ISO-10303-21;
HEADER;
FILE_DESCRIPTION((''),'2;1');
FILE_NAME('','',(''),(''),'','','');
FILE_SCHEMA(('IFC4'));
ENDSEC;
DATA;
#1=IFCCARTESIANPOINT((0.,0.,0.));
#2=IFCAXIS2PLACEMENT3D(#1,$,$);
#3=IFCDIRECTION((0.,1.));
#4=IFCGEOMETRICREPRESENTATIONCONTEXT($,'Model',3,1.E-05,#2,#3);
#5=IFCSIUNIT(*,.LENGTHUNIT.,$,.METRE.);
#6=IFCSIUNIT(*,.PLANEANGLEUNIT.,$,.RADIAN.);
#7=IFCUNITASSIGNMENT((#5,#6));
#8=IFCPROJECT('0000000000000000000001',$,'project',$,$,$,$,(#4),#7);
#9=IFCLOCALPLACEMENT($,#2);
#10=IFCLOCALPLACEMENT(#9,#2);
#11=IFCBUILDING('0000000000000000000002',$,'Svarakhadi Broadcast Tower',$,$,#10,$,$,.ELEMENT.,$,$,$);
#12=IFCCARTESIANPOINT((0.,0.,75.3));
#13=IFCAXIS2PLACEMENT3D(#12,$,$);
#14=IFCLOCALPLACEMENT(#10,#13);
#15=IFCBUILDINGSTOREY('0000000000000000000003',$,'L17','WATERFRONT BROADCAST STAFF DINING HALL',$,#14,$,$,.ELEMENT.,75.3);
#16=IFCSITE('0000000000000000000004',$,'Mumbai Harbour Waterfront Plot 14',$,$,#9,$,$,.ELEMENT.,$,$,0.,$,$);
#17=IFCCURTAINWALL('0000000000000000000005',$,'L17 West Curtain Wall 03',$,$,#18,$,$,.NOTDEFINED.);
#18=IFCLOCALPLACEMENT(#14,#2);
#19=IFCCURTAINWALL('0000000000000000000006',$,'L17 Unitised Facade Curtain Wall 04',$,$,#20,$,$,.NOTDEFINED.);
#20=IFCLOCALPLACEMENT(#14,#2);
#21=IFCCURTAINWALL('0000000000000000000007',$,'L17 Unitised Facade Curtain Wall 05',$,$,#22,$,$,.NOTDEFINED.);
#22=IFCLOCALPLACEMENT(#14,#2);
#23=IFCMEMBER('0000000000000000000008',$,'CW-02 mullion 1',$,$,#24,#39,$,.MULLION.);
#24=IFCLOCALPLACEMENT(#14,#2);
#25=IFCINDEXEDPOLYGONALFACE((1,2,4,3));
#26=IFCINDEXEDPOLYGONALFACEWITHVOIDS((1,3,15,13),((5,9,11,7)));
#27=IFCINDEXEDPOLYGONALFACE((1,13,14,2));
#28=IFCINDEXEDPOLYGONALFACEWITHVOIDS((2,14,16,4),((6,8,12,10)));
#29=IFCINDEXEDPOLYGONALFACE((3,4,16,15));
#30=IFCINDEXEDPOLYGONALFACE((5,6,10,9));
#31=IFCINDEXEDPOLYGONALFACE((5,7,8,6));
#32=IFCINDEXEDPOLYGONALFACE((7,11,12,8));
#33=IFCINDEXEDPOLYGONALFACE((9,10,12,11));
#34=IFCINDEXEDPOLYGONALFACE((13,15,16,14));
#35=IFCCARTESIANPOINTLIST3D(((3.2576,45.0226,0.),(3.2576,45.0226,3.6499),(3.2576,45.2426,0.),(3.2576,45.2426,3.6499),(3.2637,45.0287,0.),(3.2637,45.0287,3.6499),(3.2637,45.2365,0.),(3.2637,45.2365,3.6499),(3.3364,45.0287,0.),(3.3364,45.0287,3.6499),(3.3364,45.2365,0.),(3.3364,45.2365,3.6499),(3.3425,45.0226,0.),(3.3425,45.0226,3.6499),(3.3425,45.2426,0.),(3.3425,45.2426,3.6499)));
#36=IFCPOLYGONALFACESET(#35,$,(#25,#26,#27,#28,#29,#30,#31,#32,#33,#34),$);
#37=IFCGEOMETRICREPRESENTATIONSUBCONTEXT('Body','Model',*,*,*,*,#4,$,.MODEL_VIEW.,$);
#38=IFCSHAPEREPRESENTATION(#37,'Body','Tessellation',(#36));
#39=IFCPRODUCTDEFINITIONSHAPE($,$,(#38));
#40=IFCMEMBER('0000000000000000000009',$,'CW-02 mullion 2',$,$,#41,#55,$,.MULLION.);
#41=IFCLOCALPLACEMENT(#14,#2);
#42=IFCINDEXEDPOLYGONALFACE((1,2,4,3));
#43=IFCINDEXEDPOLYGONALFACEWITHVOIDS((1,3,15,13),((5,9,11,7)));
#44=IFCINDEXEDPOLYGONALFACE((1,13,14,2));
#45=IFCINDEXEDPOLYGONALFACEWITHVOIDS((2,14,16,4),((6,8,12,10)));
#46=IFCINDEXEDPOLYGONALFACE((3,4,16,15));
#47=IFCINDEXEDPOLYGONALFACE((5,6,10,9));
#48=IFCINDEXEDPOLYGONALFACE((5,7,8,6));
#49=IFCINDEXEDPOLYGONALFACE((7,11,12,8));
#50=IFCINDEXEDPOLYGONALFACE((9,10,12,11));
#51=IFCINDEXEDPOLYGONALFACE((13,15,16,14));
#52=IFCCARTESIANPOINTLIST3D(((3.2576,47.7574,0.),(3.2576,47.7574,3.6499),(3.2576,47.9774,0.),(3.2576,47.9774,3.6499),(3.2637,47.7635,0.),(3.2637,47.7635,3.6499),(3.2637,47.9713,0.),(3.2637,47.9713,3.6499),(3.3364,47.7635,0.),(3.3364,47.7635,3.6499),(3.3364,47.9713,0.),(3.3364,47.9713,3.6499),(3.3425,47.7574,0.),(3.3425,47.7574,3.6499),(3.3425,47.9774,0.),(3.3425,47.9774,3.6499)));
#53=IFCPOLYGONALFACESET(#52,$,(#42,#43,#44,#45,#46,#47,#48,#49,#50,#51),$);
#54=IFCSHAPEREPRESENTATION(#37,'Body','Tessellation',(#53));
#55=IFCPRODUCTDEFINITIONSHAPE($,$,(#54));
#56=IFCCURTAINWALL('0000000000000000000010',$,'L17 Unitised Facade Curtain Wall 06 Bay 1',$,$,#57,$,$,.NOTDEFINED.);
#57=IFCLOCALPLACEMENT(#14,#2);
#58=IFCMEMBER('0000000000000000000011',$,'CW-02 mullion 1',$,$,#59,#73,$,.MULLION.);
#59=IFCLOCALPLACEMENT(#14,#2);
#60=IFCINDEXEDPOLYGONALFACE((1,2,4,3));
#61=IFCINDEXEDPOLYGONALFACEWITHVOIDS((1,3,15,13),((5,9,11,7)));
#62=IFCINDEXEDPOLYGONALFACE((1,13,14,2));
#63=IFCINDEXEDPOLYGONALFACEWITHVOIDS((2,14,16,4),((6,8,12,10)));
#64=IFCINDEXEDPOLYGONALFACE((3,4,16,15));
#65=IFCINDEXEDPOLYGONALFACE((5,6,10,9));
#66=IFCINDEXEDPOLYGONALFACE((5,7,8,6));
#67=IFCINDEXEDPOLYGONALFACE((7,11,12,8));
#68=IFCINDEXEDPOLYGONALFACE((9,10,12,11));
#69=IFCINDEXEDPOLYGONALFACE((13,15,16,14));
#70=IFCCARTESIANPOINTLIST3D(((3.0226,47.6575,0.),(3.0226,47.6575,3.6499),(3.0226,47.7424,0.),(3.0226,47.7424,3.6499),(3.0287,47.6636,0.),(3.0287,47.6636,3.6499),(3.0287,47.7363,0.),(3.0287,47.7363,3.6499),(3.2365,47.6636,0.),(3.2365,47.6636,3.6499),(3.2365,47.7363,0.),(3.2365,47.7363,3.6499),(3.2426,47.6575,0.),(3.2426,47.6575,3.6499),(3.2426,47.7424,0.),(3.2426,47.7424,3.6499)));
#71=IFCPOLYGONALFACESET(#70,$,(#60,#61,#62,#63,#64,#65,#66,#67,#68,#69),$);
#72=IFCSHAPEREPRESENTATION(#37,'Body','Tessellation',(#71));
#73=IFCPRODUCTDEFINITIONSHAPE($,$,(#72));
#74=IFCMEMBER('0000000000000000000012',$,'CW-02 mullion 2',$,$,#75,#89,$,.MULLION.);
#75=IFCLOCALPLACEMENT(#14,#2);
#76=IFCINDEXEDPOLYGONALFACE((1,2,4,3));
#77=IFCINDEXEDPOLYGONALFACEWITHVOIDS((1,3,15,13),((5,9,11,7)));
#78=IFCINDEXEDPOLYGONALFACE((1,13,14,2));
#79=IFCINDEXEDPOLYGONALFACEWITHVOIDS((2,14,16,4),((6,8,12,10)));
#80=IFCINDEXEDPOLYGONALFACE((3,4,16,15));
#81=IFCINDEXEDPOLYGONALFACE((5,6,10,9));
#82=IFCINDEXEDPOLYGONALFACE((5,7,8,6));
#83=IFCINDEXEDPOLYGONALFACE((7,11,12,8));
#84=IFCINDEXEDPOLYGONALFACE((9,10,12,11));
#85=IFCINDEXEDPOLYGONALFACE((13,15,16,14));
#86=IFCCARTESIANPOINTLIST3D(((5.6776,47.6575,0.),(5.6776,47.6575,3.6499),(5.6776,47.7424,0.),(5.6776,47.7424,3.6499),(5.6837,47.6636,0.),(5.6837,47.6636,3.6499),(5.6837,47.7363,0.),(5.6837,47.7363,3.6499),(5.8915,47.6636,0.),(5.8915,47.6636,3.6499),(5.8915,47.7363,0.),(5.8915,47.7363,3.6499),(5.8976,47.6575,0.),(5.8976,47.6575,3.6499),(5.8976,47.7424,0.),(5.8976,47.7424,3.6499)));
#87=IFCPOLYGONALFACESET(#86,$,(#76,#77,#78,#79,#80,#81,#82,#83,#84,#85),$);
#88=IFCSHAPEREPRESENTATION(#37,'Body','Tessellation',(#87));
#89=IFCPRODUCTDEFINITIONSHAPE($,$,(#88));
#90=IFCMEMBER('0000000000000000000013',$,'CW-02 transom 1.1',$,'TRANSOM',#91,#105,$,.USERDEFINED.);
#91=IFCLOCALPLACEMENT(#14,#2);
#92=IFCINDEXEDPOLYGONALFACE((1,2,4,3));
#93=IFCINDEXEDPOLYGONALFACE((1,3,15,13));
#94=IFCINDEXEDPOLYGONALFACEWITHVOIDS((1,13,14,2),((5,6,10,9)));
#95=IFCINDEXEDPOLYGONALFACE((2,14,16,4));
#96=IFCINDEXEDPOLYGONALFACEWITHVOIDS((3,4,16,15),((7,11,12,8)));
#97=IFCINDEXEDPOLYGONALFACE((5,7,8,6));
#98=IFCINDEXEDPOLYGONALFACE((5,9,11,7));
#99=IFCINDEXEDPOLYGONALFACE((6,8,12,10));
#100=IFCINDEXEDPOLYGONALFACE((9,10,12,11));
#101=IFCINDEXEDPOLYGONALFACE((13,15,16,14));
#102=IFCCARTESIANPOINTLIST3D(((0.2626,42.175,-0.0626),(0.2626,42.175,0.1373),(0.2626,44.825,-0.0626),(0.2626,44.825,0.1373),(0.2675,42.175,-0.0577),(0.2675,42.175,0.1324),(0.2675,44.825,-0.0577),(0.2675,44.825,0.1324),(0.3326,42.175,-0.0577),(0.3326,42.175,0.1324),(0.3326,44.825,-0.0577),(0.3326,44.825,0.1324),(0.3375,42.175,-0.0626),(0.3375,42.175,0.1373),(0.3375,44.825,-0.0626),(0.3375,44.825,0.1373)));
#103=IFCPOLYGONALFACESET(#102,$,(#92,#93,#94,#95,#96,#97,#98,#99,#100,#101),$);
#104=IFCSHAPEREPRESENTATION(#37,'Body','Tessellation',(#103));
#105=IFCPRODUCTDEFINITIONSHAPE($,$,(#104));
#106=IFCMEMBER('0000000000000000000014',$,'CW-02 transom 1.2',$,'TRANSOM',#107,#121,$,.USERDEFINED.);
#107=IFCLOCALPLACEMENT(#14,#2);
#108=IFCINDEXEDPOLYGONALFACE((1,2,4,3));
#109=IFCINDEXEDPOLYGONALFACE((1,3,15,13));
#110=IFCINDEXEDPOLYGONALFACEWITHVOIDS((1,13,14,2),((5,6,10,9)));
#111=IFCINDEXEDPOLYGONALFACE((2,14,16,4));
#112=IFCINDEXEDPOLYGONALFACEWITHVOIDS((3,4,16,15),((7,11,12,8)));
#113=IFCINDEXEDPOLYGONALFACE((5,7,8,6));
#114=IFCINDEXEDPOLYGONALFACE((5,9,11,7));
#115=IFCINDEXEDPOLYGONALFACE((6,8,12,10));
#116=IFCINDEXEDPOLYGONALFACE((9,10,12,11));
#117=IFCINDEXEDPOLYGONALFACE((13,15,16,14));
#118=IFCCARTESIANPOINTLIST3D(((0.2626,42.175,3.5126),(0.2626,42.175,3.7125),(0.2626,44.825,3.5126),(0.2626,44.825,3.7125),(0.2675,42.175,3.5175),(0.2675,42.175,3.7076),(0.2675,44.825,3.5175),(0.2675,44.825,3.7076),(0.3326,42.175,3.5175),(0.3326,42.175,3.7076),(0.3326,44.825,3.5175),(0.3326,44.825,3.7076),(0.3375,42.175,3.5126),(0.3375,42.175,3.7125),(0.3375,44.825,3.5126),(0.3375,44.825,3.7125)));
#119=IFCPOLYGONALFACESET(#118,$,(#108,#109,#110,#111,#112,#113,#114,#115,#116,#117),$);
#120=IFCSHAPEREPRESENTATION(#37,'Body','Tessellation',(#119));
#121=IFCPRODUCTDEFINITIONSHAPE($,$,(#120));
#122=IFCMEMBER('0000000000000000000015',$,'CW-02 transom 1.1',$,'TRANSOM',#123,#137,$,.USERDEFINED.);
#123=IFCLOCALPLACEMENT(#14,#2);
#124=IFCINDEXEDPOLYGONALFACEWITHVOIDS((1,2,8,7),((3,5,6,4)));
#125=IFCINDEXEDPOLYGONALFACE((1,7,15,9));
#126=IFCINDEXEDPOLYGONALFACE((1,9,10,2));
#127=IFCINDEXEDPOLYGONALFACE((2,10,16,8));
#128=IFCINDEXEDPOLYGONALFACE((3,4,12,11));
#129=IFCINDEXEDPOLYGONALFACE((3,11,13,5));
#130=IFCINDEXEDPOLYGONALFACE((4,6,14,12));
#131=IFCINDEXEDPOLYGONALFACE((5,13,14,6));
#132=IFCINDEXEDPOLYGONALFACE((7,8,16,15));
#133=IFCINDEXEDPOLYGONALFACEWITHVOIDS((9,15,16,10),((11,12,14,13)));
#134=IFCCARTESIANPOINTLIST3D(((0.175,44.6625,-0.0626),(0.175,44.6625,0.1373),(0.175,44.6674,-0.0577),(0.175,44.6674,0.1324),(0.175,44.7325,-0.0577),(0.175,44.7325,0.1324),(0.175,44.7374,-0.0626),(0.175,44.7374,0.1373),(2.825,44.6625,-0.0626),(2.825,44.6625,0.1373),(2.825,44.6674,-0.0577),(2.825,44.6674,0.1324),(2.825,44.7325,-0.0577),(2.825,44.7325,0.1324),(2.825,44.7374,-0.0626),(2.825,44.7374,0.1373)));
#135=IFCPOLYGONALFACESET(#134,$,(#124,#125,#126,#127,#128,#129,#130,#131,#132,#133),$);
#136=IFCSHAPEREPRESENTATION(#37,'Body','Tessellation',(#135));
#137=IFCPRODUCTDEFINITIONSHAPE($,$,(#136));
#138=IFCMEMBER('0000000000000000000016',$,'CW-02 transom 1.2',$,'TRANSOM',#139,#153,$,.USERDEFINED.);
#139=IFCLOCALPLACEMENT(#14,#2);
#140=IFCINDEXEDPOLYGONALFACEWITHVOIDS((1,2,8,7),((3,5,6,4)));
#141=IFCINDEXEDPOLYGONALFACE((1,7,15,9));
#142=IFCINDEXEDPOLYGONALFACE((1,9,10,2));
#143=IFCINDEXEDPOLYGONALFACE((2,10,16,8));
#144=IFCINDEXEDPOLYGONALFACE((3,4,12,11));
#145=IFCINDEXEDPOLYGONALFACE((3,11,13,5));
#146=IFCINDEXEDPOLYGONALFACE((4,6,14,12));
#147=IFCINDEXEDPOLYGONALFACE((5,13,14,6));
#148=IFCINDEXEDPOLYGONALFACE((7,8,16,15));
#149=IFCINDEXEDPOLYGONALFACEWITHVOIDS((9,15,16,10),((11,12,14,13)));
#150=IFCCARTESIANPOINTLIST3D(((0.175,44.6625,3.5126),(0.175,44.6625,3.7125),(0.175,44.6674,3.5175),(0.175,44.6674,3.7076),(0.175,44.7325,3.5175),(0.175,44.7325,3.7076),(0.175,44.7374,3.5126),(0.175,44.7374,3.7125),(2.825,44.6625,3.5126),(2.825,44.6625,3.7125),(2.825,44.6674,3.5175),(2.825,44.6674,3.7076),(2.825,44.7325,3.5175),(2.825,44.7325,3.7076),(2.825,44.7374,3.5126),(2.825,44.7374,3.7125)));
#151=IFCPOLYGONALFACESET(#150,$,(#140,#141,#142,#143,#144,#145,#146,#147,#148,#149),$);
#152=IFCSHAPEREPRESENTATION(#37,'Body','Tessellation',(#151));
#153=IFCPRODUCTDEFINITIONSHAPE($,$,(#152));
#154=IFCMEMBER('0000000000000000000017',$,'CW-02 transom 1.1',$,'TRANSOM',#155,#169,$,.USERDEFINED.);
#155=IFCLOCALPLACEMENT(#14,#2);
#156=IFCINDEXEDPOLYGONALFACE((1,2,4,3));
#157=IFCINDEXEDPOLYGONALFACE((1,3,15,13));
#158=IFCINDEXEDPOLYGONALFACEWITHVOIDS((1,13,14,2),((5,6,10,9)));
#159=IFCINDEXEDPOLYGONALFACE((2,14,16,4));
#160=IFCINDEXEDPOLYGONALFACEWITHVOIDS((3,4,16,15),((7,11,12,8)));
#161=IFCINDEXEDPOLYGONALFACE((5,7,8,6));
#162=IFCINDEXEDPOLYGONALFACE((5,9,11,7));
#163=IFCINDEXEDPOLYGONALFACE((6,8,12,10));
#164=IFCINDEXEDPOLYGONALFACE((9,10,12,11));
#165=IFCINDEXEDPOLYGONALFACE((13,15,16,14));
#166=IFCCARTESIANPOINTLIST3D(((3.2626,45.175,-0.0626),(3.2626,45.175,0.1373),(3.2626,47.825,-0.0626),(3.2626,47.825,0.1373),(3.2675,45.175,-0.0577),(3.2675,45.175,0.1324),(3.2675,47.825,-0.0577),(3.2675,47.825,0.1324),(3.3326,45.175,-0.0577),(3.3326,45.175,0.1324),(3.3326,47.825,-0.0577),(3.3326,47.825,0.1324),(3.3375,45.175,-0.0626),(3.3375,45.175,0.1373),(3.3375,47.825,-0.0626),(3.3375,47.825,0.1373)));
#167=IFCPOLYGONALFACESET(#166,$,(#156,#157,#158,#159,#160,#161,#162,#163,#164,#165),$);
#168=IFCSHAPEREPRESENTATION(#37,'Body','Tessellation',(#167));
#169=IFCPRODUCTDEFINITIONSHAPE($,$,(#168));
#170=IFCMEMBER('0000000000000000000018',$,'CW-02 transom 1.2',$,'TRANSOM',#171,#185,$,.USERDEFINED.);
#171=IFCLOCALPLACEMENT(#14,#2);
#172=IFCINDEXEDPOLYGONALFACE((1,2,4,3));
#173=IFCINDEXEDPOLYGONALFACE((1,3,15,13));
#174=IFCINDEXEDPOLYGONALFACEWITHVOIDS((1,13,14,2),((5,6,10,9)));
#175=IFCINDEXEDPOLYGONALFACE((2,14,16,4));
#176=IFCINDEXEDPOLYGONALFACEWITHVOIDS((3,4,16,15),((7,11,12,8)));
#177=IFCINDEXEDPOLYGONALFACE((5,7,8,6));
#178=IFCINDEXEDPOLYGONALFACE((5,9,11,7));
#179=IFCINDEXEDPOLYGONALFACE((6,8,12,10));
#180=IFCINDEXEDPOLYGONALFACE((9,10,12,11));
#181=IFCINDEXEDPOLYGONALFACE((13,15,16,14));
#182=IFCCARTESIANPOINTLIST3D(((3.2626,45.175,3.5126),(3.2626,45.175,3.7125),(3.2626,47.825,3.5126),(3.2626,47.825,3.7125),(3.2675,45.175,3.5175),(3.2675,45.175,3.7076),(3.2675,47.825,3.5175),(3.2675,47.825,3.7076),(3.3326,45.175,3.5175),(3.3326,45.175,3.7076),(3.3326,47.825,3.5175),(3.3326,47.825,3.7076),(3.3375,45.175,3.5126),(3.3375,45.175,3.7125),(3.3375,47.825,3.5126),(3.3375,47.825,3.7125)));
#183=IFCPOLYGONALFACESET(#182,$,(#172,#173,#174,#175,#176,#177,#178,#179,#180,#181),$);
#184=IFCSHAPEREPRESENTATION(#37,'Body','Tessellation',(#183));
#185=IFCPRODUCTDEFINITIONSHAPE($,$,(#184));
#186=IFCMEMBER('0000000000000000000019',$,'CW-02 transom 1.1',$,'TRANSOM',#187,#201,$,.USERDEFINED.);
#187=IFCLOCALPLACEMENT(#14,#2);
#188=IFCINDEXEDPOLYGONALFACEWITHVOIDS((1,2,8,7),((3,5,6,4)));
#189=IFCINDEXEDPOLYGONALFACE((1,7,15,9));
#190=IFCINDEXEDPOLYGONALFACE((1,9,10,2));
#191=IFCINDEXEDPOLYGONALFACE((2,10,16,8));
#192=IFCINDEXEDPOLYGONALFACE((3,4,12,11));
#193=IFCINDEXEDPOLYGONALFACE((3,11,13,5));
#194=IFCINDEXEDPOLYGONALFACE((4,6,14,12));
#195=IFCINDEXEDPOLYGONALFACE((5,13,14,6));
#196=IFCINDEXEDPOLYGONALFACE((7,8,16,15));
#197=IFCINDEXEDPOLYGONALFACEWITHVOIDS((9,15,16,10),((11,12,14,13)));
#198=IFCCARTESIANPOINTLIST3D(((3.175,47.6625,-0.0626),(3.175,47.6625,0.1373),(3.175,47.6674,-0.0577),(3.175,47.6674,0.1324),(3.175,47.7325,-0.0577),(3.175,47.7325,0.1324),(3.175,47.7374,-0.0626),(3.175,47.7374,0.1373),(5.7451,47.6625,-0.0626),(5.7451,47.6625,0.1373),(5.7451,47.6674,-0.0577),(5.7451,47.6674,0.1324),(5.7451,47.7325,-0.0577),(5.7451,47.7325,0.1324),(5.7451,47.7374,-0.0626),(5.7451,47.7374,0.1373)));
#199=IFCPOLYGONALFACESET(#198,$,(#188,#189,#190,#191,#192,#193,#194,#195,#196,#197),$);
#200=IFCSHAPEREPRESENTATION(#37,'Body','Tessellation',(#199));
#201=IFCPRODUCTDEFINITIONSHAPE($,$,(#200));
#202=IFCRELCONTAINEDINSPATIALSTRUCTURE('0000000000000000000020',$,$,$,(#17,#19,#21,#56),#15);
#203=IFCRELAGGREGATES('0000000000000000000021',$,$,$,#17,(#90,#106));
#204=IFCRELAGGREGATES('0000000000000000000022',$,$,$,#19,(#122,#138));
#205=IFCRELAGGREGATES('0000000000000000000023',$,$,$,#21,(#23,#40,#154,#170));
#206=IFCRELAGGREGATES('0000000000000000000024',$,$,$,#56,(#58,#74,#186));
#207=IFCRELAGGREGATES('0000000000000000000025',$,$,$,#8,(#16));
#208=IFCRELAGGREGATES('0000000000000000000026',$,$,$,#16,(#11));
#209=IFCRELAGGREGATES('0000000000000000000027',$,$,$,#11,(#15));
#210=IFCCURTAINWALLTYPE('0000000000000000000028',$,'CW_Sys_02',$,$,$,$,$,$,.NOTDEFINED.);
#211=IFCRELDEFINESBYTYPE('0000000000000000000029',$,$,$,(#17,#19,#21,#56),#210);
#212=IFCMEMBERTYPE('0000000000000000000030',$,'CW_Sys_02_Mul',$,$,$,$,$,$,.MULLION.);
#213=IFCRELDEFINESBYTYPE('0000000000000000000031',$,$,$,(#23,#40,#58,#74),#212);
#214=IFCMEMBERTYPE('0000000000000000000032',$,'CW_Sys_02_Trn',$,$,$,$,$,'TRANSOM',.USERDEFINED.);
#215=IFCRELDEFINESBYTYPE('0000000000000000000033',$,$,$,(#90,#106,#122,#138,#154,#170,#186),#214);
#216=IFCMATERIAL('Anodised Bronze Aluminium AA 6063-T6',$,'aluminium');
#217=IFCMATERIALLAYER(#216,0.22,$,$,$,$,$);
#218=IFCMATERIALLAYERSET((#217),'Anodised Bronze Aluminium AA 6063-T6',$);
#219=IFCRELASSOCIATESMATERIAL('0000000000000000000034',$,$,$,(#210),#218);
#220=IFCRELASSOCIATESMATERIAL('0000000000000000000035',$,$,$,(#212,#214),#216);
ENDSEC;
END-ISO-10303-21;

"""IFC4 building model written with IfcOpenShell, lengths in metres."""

from ifc_helpers import new_model, si_unit, direction, frame, origin, origin_2d, place, context, subcontext, project, spatial, hollow_rectangle, extrude, material, layer, layer_set, material_profile, profile_set, type_object, element, aggregate, save


model = new_model("IFC4")

# Units and contexts
model_context = context("Model", 3, precision=1e-05, world=origin(), true_north=direction((0.0, 1.0)))
body_context = subcontext(model_context, "Body", "Model", "MODEL_VIEW")
ifc_project = project(units=[si_unit("LENGTHUNIT", "METRE"), si_unit("PLANEANGLEUNIT", "RADIAN")], contexts=[model_context])

# Site, building, storey
site_placement = place(None, origin())
site = spatial("IfcSite", under=ifc_project, at=site_placement, Name="Mumbai Harbour Waterfront Plot 14", CompositionType="ELEMENT", RefElevation=0.0)
building_placement = place(site_placement, origin())
building = spatial("IfcBuilding", under=site, at=building_placement, Name="Svarakhadi Broadcast Tower", CompositionType="ELEMENT")
storey_placement = place(building_placement, frame((0.0, 0.0, 75.3)))
storey = spatial("IfcBuildingStorey", under=building, at=storey_placement, Name="L17", Description="WATERFRONT BROADCAST STAFF DINING HALL", CompositionType="ELEMENT", Elevation=75.3)

# Curtain walls, members
ifc_material_1 = material(Name="Anodised Bronze Aluminium AA 6063-T6", Category="aluminium")
ifc_layer_1 = layer(ifc_material_1, 0.22)
ifc_layer_set_1 = layer_set([ifc_layer_1], Name="Anodised Bronze Aluminium AA 6063-T6")
curtain_wall_type = type_object("IfcCurtainWallType", Name="CW_Sys_02", PredefinedType="NOTDEFINED", material=ifc_layer_set_1)
curtain_wall_1_placement = place(storey_placement, origin())
curtain_wall_1 = element("IfcCurtainWall", 1, at=curtain_wall_1_placement, inside=storey, type_object=curtain_wall_type, Name="L17 West Curtain Wall 03", PredefinedType="NOTDEFINED")
ifc_material_profile_1 = material_profile(ifc_material_1, hollow_rectangle(XDim=0.085, YDim=0.22, WallThickness=0.0061, at=origin_2d()), Name="ALU MULLION 220x85x6")
ifc_profile_set_1 = profile_set([ifc_material_profile_1], Name="Anodised Bronze Aluminium AA 6063-T6")
member_type_1 = type_object("IfcMemberType", Name="CW_Sys_02_Mul", PredefinedType="MULLION", material=ifc_profile_set_1)
curtain_wall_2_placement = place(storey_placement, origin())
curtain_wall_2 = element("IfcCurtainWall", 2, at=curtain_wall_2_placement, inside=storey, type_object=curtain_wall_type, Name="L17 Unitised Facade Curtain Wall 04", PredefinedType="NOTDEFINED")
curtain_wall_3_placement = place(storey_placement, origin())
curtain_wall_3 = element("IfcCurtainWall", 3, at=curtain_wall_3_placement, inside=storey, type_object=curtain_wall_type, Name="L17 Unitised Facade Curtain Wall 05", PredefinedType="NOTDEFINED")
member_1_placement = place(storey_placement, frame((3.3, 45.1326, 0.0), z_axis=(0.0, 0.0, 1.0), x_axis=(-1.0, 0.0, 0.0)))
member_1 = element("IfcMember", 4, at=member_1_placement, type_object=member_type_1, Name="CW-02 mullion 1", PredefinedType="MULLION", context=body_context, shape_type="SweptSolid", body=[
    extrude(hollow_rectangle(XDim=0.085, YDim=0.22, WallThickness=0.0061, at=origin_2d()), origin(), (0.0, 0.0, 1.0), 3.6499),
])
member_2_placement = place(storey_placement, frame((3.3, 47.8674, 0.0), z_axis=(0.0, 0.0, 1.0), x_axis=(-1.0, 0.0, 0.0)))
member_2 = element("IfcMember", 5, at=member_2_placement, type_object=member_type_1, Name="CW-02 mullion 2", PredefinedType="MULLION", context=body_context, shape_type="SweptSolid", body=[
    extrude(hollow_rectangle(XDim=0.085, YDim=0.22, WallThickness=0.0061, at=origin_2d()), origin(), (0.0, 0.0, 1.0), 3.6499),
])
curtain_wall_4_placement = place(storey_placement, origin())
curtain_wall_4 = element("IfcCurtainWall", 6, at=curtain_wall_4_placement, inside=storey, type_object=curtain_wall_type, Name="L17 Unitised Facade Curtain Wall 06 Bay 1", PredefinedType="NOTDEFINED")
member_3_placement = place(storey_placement, frame((3.1326, 47.7, 0.0), z_axis=(0.0, 0.0, 1.0), x_axis=(0.0, 1.0, 0.0)))
member_3 = element("IfcMember", 7, at=member_3_placement, type_object=member_type_1, Name="CW-02 mullion 1", PredefinedType="MULLION", context=body_context, shape_type="SweptSolid", body=[
    extrude(hollow_rectangle(XDim=0.085, YDim=0.22, WallThickness=0.0061, at=origin_2d()), origin(), (0.0, 0.0, 1.0), 3.6499),
])
member_4_placement = place(storey_placement, frame((5.7876, 47.7, 0.0), z_axis=(0.0, 0.0, 1.0), x_axis=(0.0, 1.0, 0.0)))
member_4 = element("IfcMember", 8, at=member_4_placement, type_object=member_type_1, Name="CW-02 mullion 2", PredefinedType="MULLION", context=body_context, shape_type="SweptSolid", body=[
    extrude(hollow_rectangle(XDim=0.085, YDim=0.22, WallThickness=0.0061, at=origin_2d()), origin(), (0.0, 0.0, 1.0), 3.6499),
])

# Members
ifc_material_profile_2 = material_profile(ifc_material_1, hollow_rectangle(XDim=0.075, YDim=0.2, WallThickness=0.0049, at=origin_2d()), Name="ALU TRANSOM 200x75x5")
ifc_profile_set_2 = profile_set([ifc_material_profile_2], Name="Anodised Bronze Aluminium AA 6063-T6")
member_type_2 = type_object("IfcMemberType", Name="CW_Sys_02_Trn", ElementType="TRANSOM", PredefinedType="USERDEFINED", material=ifc_profile_set_2)
member_5_placement = place(storey_placement, frame((0.3, 42.175, 0.0374), z_axis=(0.0, 1.0, 0.0), x_axis=(-1.0, 0.0, 0.0)))
member_5 = element("IfcMember", 9, at=member_5_placement, type_object=member_type_2, Name="CW-02 transom 1.1", ObjectType="TRANSOM", PredefinedType="USERDEFINED", context=body_context, shape_type="SweptSolid", body=[
    extrude(hollow_rectangle(XDim=0.075, YDim=0.2, WallThickness=0.0049, at=origin_2d()), origin(), (0.0, 0.0, 1.0), 2.6499),
])
member_6_placement = place(storey_placement, frame((0.3, 42.175, 3.6125), z_axis=(0.0, 1.0, 0.0), x_axis=(-1.0, 0.0, 0.0)))
member_6 = element("IfcMember", 10, at=member_6_placement, type_object=member_type_2, Name="CW-02 transom 1.2", ObjectType="TRANSOM", PredefinedType="USERDEFINED", context=body_context, shape_type="SweptSolid", body=[
    extrude(hollow_rectangle(XDim=0.075, YDim=0.2, WallThickness=0.0049, at=origin_2d()), origin(), (0.0, 0.0, 1.0), 2.6499),
])
member_7_placement = place(storey_placement, frame((0.175, 44.7, 0.0374), z_axis=(1.0, 0.0, 0.0), x_axis=(0.0, 1.0, 0.0)))
member_7 = element("IfcMember", 11, at=member_7_placement, type_object=member_type_2, Name="CW-02 transom 1.1", ObjectType="TRANSOM", PredefinedType="USERDEFINED", context=body_context, shape_type="SweptSolid", body=[
    extrude(hollow_rectangle(XDim=0.075, YDim=0.2, WallThickness=0.0049, at=origin_2d()), origin(), (0.0, 0.0, 1.0), 2.6499),
])
member_8_placement = place(storey_placement, frame((0.175, 44.7, 3.6125), z_axis=(1.0, 0.0, 0.0), x_axis=(0.0, 1.0, 0.0)))
member_8 = element("IfcMember", 12, at=member_8_placement, type_object=member_type_2, Name="CW-02 transom 1.2", ObjectType="TRANSOM", PredefinedType="USERDEFINED", context=body_context, shape_type="SweptSolid", body=[
    extrude(hollow_rectangle(XDim=0.075, YDim=0.2, WallThickness=0.0049, at=origin_2d()), origin(), (0.0, 0.0, 1.0), 2.6499),
])
member_9_placement = place(storey_placement, frame((3.3, 45.175, 0.0374), z_axis=(0.0, 1.0, 0.0), x_axis=(-1.0, 0.0, 0.0)))
member_9 = element("IfcMember", 13, at=member_9_placement, type_object=member_type_2, Name="CW-02 transom 1.1", ObjectType="TRANSOM", PredefinedType="USERDEFINED", context=body_context, shape_type="SweptSolid", body=[
    extrude(hollow_rectangle(XDim=0.075, YDim=0.2, WallThickness=0.0049, at=origin_2d()), origin(), (0.0, 0.0, 1.0), 2.6499),
])
member_10_placement = place(storey_placement, frame((3.3, 45.175, 3.6125), z_axis=(0.0, 1.0, 0.0), x_axis=(-1.0, 0.0, 0.0)))
member_10 = element("IfcMember", 14, at=member_10_placement, type_object=member_type_2, Name="CW-02 transom 1.2", ObjectType="TRANSOM", PredefinedType="USERDEFINED", context=body_context, shape_type="SweptSolid", body=[
    extrude(hollow_rectangle(XDim=0.075, YDim=0.2, WallThickness=0.0049, at=origin_2d()), origin(), (0.0, 0.0, 1.0), 2.6499),
])
member_11_placement = place(storey_placement, frame((3.175, 47.7, 0.0374), z_axis=(1.0, 0.0, 0.0), x_axis=(0.0, 1.0, 0.0)))
member_11 = element("IfcMember", 15, at=member_11_placement, type_object=member_type_2, Name="CW-02 transom 1.1", ObjectType="TRANSOM", PredefinedType="USERDEFINED", context=body_context, shape_type="SweptSolid", body=[
    extrude(hollow_rectangle(XDim=0.075, YDim=0.2, WallThickness=0.0049, at=origin_2d()), origin(), (0.0, 0.0, 1.0), 2.5701),
])

aggregate(curtain_wall_1, [member_5, member_6])
aggregate(curtain_wall_2, [member_7, member_8])
aggregate(curtain_wall_3, [member_1, member_2, member_9, member_10])
aggregate(curtain_wall_4, [member_3, member_4, member_11])

save(model, "model.ifc")
